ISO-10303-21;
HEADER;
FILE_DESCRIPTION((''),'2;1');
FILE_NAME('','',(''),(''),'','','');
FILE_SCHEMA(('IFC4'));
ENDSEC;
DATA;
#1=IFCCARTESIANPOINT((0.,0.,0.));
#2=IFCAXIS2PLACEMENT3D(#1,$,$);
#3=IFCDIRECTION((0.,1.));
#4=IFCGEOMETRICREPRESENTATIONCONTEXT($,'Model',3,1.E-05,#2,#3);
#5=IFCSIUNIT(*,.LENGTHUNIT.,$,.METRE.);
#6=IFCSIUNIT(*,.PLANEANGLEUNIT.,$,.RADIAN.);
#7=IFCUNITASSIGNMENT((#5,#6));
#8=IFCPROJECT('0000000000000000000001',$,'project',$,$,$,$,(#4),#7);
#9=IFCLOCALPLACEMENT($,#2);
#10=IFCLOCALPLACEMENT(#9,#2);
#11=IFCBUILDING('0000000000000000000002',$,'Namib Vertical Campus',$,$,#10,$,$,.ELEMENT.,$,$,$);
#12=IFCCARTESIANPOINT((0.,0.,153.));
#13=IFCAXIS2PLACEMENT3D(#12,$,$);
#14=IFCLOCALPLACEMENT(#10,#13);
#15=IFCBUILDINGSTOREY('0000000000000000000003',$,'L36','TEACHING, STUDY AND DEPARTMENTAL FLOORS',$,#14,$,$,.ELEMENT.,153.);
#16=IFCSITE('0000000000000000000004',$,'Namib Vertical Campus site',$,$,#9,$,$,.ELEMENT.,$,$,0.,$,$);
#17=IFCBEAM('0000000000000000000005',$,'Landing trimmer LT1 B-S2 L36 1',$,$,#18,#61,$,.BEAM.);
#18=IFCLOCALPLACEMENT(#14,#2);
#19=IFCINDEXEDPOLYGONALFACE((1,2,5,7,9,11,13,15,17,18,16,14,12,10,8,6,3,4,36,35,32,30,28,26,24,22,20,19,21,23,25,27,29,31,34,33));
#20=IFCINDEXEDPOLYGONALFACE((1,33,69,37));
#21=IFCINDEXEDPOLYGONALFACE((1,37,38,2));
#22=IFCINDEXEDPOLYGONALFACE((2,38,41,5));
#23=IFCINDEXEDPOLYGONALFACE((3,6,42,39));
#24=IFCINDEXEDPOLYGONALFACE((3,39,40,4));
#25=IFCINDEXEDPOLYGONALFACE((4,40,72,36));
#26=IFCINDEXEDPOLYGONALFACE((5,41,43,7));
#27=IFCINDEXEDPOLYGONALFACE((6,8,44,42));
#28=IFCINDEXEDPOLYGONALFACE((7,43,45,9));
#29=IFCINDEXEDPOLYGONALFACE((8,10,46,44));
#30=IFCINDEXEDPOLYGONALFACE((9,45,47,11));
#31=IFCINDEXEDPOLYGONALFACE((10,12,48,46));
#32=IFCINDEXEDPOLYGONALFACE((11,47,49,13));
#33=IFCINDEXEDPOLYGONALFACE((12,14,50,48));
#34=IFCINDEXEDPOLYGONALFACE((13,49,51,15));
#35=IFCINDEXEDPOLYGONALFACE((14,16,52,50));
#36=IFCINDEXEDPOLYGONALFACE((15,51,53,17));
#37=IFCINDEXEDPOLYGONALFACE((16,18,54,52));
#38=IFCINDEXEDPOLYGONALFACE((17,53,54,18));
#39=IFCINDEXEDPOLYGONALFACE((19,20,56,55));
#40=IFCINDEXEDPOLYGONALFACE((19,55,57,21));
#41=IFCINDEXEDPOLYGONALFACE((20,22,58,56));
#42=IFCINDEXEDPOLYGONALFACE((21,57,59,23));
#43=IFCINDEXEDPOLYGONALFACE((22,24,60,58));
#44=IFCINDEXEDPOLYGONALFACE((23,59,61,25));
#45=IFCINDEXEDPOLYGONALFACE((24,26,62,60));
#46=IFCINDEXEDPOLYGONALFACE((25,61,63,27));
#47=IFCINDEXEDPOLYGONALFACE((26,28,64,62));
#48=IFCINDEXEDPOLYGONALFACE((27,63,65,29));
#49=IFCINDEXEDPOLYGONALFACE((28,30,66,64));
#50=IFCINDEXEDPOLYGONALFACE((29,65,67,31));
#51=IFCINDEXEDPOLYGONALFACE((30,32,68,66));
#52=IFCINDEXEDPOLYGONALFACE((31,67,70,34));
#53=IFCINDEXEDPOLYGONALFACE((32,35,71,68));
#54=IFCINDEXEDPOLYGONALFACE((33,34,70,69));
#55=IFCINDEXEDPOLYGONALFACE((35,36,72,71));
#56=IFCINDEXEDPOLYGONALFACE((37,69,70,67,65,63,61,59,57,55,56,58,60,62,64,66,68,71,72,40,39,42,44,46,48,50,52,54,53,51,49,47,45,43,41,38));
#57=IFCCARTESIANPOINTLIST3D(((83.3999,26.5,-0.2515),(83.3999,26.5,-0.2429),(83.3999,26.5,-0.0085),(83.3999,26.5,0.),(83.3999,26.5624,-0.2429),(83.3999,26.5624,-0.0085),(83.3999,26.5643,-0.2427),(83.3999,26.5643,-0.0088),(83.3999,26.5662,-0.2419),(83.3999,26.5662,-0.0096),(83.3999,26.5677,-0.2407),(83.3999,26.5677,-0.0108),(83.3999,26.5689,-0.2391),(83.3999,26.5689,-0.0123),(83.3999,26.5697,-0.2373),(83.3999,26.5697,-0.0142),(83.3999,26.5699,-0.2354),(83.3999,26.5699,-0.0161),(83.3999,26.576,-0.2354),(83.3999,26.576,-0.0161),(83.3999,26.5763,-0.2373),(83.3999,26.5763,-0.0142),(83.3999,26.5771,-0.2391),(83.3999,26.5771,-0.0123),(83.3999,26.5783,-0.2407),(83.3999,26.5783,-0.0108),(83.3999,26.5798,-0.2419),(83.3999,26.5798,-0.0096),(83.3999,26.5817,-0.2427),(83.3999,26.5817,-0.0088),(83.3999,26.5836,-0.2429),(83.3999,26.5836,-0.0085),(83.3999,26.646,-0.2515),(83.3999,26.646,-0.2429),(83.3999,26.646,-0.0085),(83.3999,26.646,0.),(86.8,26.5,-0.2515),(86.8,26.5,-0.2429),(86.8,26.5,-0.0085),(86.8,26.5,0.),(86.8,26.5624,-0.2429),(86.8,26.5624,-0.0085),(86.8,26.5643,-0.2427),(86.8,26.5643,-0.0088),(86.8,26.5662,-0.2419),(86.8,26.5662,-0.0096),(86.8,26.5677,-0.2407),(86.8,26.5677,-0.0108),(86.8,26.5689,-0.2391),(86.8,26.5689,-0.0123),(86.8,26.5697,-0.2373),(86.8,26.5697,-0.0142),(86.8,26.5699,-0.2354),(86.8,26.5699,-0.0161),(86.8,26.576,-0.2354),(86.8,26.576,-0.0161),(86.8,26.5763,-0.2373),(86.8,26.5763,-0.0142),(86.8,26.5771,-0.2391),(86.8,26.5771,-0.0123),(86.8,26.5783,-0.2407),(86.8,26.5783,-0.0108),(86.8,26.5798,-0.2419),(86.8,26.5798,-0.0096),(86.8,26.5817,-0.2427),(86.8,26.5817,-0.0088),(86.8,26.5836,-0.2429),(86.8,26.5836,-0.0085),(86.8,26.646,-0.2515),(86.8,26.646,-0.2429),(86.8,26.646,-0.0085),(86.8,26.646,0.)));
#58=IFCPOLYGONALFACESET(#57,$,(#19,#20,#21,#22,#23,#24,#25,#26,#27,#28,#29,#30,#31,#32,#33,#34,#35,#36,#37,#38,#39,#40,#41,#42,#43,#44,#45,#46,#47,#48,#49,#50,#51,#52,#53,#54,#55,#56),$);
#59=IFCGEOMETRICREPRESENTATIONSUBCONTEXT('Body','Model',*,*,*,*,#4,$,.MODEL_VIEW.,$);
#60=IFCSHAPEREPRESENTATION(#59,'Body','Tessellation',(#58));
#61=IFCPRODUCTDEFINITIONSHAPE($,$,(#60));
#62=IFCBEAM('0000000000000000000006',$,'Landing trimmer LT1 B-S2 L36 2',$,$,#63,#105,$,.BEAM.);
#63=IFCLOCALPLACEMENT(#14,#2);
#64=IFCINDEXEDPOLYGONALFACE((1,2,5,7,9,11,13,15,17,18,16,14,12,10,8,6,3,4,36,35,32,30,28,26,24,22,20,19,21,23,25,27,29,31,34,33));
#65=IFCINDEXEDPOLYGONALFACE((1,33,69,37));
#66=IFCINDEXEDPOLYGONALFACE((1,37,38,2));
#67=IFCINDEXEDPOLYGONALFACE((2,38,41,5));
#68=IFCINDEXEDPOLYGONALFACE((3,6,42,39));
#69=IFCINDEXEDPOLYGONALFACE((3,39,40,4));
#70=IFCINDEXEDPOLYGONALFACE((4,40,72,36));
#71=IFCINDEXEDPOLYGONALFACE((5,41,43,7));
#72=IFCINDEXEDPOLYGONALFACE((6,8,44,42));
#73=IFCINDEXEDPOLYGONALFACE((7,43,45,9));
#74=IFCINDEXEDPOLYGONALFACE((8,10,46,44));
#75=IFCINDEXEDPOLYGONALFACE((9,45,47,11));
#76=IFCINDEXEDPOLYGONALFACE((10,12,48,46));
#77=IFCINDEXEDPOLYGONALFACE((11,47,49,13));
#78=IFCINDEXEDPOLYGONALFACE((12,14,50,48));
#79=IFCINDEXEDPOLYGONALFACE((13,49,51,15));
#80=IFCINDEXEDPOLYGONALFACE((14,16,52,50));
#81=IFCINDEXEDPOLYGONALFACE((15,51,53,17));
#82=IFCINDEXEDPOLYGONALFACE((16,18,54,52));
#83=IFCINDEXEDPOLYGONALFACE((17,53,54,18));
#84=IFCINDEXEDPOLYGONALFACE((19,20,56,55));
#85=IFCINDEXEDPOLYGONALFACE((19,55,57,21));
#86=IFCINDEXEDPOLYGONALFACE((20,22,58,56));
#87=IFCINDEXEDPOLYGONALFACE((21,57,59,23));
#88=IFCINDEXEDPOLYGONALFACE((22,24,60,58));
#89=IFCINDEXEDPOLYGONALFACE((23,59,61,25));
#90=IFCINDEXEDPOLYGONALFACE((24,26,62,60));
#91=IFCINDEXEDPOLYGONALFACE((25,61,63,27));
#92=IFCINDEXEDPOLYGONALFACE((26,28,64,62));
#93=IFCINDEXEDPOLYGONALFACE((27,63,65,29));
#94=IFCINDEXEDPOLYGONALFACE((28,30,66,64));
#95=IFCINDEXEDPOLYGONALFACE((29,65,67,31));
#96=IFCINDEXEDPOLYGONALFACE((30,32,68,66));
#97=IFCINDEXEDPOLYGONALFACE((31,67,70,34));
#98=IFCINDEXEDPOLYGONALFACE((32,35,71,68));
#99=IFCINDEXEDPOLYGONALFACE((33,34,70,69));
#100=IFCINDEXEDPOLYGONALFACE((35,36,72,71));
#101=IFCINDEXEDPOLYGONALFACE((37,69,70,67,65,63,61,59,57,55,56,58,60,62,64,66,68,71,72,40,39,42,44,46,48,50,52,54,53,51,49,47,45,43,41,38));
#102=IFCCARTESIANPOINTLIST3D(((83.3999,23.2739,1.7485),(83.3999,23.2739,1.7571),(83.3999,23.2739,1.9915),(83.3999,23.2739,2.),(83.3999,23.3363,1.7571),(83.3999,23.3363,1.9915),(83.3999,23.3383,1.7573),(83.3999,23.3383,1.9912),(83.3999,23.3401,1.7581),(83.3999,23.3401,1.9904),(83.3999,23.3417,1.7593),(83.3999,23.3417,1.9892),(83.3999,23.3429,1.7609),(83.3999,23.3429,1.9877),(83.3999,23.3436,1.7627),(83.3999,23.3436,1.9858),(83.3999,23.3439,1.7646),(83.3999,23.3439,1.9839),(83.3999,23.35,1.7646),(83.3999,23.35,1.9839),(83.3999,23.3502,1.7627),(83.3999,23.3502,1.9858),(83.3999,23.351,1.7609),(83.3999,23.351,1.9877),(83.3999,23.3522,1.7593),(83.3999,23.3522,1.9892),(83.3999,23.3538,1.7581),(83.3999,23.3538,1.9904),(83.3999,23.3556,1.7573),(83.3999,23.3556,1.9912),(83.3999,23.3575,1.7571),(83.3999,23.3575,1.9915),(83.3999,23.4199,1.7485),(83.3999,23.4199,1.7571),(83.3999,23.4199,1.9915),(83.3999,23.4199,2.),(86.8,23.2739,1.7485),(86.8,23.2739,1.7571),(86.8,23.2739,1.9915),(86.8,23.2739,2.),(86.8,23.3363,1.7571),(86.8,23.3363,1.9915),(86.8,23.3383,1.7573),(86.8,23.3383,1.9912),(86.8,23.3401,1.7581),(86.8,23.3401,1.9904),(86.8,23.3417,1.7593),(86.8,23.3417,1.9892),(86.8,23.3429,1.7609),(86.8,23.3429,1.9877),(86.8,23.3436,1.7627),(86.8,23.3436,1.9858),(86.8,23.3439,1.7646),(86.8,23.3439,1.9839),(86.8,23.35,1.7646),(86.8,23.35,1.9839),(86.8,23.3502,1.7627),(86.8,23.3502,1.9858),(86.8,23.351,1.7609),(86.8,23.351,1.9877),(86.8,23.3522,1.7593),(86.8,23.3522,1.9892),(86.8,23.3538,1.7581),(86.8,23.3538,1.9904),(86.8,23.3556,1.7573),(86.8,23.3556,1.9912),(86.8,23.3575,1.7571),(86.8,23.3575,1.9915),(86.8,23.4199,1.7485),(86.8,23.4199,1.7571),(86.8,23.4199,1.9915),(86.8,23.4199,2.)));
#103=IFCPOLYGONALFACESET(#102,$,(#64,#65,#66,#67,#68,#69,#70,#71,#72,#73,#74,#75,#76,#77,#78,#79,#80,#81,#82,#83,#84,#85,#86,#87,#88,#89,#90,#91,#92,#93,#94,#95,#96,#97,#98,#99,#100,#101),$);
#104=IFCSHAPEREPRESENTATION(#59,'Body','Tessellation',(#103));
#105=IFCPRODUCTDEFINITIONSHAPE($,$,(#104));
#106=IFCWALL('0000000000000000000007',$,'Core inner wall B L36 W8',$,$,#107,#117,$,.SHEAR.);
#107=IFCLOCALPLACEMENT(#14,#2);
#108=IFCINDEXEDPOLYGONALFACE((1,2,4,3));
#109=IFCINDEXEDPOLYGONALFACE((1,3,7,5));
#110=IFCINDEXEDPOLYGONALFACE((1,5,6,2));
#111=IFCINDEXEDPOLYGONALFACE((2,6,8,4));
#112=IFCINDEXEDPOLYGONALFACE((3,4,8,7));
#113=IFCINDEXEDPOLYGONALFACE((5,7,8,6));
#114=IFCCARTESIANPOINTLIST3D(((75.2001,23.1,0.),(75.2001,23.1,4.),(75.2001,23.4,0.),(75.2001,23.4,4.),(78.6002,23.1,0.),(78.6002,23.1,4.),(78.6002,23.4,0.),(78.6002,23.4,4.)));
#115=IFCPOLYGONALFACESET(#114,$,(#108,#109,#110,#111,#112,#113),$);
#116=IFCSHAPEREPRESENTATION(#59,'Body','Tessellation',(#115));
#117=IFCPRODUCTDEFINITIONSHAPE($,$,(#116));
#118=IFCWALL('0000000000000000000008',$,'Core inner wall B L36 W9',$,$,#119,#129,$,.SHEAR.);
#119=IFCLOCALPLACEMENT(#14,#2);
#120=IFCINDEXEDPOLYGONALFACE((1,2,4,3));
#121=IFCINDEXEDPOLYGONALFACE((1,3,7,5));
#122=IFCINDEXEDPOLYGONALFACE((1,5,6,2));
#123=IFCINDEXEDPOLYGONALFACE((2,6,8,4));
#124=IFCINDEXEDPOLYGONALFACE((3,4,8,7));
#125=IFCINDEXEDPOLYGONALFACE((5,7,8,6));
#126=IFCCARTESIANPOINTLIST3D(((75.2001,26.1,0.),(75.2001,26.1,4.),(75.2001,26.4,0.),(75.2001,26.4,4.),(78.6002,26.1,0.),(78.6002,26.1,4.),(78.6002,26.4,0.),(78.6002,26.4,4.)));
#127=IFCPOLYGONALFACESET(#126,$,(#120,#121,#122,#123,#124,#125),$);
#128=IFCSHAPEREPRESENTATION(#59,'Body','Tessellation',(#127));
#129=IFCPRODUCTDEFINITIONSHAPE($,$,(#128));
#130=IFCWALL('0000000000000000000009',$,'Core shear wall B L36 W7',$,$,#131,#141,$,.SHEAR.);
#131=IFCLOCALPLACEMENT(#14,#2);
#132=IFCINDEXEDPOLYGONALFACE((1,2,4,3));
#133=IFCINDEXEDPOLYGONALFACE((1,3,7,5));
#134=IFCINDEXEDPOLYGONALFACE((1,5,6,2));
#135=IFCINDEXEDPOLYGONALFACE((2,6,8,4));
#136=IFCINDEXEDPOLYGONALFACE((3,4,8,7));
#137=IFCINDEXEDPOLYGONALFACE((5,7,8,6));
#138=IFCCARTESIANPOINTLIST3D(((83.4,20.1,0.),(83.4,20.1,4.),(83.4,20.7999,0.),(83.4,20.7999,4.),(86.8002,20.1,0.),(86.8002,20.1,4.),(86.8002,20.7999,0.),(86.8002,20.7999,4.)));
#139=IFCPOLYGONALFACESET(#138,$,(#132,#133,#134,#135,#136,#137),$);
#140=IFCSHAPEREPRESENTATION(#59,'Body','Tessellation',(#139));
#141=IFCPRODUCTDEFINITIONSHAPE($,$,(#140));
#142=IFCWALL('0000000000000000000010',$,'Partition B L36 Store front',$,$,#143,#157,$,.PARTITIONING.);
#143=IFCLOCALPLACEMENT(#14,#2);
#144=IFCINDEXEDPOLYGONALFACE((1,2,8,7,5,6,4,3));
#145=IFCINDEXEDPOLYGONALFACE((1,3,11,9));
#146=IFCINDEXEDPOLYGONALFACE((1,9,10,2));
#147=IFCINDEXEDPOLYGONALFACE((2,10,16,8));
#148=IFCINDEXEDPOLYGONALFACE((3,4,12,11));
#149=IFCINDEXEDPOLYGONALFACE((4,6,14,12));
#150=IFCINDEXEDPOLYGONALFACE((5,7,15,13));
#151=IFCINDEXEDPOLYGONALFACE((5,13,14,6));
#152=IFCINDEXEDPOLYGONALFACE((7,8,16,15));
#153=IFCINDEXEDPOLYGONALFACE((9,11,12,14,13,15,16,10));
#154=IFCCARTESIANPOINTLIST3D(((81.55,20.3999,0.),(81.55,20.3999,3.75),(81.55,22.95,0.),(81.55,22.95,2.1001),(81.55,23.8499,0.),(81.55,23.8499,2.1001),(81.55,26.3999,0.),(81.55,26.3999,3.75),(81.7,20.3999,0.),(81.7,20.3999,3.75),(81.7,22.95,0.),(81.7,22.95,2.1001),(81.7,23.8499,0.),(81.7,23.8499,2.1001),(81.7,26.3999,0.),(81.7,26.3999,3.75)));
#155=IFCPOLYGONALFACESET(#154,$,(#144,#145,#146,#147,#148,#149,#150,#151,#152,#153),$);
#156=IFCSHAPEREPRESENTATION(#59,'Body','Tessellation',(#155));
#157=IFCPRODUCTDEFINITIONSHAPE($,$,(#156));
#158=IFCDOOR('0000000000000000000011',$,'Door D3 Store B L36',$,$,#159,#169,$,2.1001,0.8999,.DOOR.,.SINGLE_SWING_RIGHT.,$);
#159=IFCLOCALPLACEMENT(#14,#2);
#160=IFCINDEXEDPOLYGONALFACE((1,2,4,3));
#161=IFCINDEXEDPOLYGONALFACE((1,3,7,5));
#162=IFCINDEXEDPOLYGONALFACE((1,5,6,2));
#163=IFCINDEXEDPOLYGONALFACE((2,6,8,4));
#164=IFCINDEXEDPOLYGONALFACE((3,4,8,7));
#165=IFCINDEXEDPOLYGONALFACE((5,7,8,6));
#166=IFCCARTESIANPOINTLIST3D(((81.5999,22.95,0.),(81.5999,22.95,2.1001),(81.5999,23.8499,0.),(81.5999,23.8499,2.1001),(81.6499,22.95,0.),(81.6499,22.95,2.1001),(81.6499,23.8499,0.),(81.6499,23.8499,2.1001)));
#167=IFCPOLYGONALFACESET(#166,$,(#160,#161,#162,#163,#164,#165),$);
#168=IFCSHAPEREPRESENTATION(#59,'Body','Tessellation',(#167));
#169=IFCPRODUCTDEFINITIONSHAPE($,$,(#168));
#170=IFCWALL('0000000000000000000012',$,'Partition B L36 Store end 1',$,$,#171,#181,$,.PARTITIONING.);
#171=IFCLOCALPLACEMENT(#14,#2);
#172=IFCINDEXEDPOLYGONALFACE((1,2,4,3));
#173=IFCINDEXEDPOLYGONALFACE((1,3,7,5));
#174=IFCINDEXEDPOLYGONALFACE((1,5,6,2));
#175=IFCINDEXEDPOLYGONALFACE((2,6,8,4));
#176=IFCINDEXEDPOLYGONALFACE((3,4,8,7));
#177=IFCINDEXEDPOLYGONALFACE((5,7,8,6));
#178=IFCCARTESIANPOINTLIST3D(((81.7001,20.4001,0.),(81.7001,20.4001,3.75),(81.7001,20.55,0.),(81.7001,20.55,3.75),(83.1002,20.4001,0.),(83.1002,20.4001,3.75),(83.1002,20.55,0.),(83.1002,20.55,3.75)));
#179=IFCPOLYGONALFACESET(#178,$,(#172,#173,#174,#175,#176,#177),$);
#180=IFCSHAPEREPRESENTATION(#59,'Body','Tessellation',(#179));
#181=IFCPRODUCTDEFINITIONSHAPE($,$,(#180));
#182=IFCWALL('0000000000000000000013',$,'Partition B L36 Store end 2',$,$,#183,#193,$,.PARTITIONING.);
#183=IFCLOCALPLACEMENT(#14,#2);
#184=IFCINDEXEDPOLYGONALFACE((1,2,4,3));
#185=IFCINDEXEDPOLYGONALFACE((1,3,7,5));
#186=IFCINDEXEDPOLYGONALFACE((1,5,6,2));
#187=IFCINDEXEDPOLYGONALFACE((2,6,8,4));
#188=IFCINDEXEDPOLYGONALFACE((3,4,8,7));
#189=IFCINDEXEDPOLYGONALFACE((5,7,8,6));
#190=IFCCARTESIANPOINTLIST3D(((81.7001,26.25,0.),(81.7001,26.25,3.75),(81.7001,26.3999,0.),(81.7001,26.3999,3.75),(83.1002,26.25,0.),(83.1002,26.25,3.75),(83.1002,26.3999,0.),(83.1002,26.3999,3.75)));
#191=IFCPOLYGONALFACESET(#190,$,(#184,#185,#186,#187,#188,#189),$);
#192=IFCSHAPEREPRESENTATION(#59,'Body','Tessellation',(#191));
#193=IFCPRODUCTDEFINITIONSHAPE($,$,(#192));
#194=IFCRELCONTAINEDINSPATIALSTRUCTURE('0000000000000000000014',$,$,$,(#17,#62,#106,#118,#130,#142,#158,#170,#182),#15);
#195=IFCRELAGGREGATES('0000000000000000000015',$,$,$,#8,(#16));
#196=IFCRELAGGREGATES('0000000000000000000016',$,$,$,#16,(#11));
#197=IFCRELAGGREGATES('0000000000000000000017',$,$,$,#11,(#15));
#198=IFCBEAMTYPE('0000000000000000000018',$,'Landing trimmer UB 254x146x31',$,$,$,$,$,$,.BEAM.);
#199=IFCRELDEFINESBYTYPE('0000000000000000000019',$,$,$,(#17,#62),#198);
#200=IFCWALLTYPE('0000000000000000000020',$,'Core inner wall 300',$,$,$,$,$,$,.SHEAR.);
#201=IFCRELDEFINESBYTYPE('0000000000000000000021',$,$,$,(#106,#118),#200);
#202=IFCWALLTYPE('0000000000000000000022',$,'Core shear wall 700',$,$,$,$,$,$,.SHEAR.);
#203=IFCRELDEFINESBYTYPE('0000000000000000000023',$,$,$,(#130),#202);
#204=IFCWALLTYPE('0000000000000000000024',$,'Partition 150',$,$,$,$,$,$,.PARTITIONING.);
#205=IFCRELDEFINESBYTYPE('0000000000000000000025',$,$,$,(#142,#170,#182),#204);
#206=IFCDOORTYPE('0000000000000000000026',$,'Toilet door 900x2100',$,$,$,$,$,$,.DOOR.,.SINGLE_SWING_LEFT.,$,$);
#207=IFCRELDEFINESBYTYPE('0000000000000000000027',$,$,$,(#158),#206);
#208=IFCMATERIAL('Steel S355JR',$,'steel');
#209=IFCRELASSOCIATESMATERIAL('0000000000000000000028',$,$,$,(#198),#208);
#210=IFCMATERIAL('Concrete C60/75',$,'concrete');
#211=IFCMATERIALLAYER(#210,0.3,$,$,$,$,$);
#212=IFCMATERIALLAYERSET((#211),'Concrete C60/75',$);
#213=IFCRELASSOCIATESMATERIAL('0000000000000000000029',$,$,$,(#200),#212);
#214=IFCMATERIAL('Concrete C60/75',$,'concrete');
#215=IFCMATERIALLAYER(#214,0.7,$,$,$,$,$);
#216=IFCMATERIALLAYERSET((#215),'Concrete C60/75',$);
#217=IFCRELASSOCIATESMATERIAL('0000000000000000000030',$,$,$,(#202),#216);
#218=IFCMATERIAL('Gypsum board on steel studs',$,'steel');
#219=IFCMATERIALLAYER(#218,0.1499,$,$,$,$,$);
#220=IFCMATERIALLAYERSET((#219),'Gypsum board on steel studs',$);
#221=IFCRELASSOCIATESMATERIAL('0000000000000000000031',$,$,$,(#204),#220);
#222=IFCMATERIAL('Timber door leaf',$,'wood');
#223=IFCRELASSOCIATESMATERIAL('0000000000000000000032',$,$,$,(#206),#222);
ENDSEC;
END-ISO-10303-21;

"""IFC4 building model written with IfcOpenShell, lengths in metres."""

from ifc_helpers import new_model, si_unit, direction, frame, frame_2d, origin, origin_2d, place, context, subcontext, project, spatial, rectangle, i_section, extrude, material, layer, layer_set, material_profile, profile_set, type_object, element, fill, save


model = new_model("IFC4")

# Units and contexts
model_context = context("Model", 3, precision=1e-05, world=origin(), true_north=direction((0.0, 1.0)))
body_context = subcontext(model_context, "Body", "Model", "MODEL_VIEW")
ifc_project = project(units=[si_unit("LENGTHUNIT", "METRE"), si_unit("PLANEANGLEUNIT", "RADIAN")], contexts=[model_context])

# Site, building, storey
site_placement = place(None, origin())
site = spatial("IfcSite", under=ifc_project, at=site_placement, Name="Namib Vertical Campus site", CompositionType="ELEMENT", RefElevation=0.0)
building_placement = place(site_placement, origin())
building = spatial("IfcBuilding", under=site, at=building_placement, Name="Namib Vertical Campus", CompositionType="ELEMENT")
storey_placement = place(building_placement, frame((0.0, 0.0, 153.0)))
storey = spatial("IfcBuildingStorey", under=building, at=storey_placement, Name="L36", Description="TEACHING, STUDY AND DEPARTMENTAL FLOORS", CompositionType="ELEMENT", Elevation=153.0)

# Beams
ifc_material_1 = material(Name="Steel S355JR", Category="steel")
ifc_material_profile = material_profile(ifc_material_1, i_section(OverallWidth=0.146, OverallDepth=0.2515, WebThickness=0.0061, FlangeThickness=0.0085, FilletRadius=0.0076, at=origin_2d()))
ifc_profile_set = profile_set([ifc_material_profile], Name="Steel S355JR")
beam_type = type_object("IfcBeamType", Name="Landing trimmer UB 254x146x31", PredefinedType="BEAM", material=ifc_profile_set)
for number, where, z_axis, x_axis, name in (
    (1, (83.3999, 26.573, -0.1257), (1.0, 0.0, 0.0), (0.0, 1.0, 0.0), "Landing trimmer LT1 B-S2 L36 1"),
    (2, (83.3999, 23.3469, 1.8743), (1.0, 0.0, 0.0), (0.0, 1.0, 0.0), "Landing trimmer LT1 B-S2 L36 2"),
):
    element("IfcBeam", number, at=place(storey_placement, frame(where, z_axis=z_axis, x_axis=x_axis)), inside=storey, type_object=beam_type, Name=name, PredefinedType="BEAM", context=body_context, shape_type="SweptSolid", body=[
        extrude(i_section(OverallWidth=0.146, OverallDepth=0.2515, WebThickness=0.0061, FlangeThickness=0.0085, FilletRadius=0.0076, at=origin_2d()), origin(), (0.0, 0.0, 1.0), 3.4001),
    ])

# Walls
ifc_material_2 = material(Name="Concrete C60/75", Category="concrete")
ifc_layer_1 = layer(ifc_material_2, 0.3)
ifc_layer_set_1 = layer_set([ifc_layer_1], Name="Concrete C60/75")
wall_type_1 = type_object("IfcWallType", Name="Core inner wall 300", PredefinedType="SHEAR", material=ifc_layer_set_1)
for number, where, z_axis, x_axis, name in (
    (3, (75.2, 23.25, 0.0), (0.0, 0.0, 1.0), (1.0, 0.0, 0.0), "Core inner wall B L36 W8"),
    (4, (75.2, 26.25, 0.0), (0.0, 0.0, 1.0), (1.0, 0.0, 0.0), "Core inner wall B L36 W9"),
):
    element("IfcWall", number, at=place(storey_placement, frame(where, z_axis=z_axis, x_axis=x_axis)), inside=storey, type_object=wall_type_1, Name=name, PredefinedType="SHEAR", context=body_context, shape_type="SweptSolid", body=[
        extrude(rectangle(XDim=3.4001, YDim=0.3, at=frame_2d((1.7002, 0.0))), origin(), (0.0, 0.0, 1.0), 4.0),
    ])
ifc_material_3 = material(Name="Concrete C60/75", Category="concrete")
ifc_layer_2 = layer(ifc_material_3, 0.7)
ifc_layer_set_2 = layer_set([ifc_layer_2], Name="Concrete C60/75")
wall_type_2 = type_object("IfcWallType", Name="Core shear wall 700", PredefinedType="SHEAR", material=ifc_layer_set_2)
wall_1_placement = place(storey_placement, frame((83.3999, 20.45, 0.0), z_axis=(0.0, 0.0, 1.0), x_axis=(1.0, 0.0, 0.0)))
element("IfcWall", 5, at=wall_1_placement, inside=storey, type_object=wall_type_2, Name="Core shear wall B L36 W7", PredefinedType="SHEAR", context=body_context, shape_type="SweptSolid", body=[
    extrude(rectangle(XDim=3.4001, YDim=0.7, at=frame_2d((1.7002, 0.0))), origin(), (0.0, 0.0, 1.0), 4.0),
])

# Wall, opening, door
ifc_material_4 = material(Name="Gypsum board on steel studs", Category="steel")
ifc_layer_3 = layer(ifc_material_4, 0.1499)
ifc_layer_set_3 = layer_set([ifc_layer_3], Name="Gypsum board on steel studs")
wall_type_3 = type_object("IfcWallType", Name="Partition 150", PredefinedType="PARTITIONING", material=ifc_layer_set_3)
wall_2_placement = place(storey_placement, frame((81.625, 20.3999, 0.0), z_axis=(0.0, 0.0, 1.0), x_axis=(0.0, 1.0, 0.0)))
wall_2 = element("IfcWall", 6, at=wall_2_placement, inside=storey, type_object=wall_type_3, Name="Partition B L36 Store front", PredefinedType="PARTITIONING", context=body_context, shape_type="SweptSolid", body=[
    extrude(rectangle(XDim=6.0, YDim=0.1499, at=frame_2d((3.0, 0.0))), origin(), (0.0, 0.0, 1.0), 3.75),
])
opening_1_placement = place(wall_2_placement, frame((2.55, 0.0, 0.0)))
opening_1 = element("IfcOpeningElement", 7, at=opening_1_placement, cuts=wall_2, PredefinedType="OPENING", context=body_context, shape_type="SweptSolid", body=[
    extrude(rectangle(XDim=0.8999, YDim=2.1001, at=frame_2d((0.45, 1.05))), frame((0.0, 0.085, 0.0), z_axis=(0.0, -1.0, 0.0), x_axis=(1.0, 0.0, 0.0)), (0.0, 0.0, 1.0), 0.1699),
])
ifc_material_5 = material(Name="Timber door leaf", Category="wood")
door_type = type_object("IfcDoorType", Name="Toilet door 900x2100", OperationType="SINGLE_SWING_LEFT", PredefinedType="DOOR", material=ifc_material_5)
door_1_placement = place(opening_1_placement, frame((0.8999, 0.0, 0.0), z_axis=(0.0, 0.0, 1.0), x_axis=(-1.0, 0.0, 0.0)))
door_1 = element("IfcDoor", 8, at=door_1_placement, inside=storey, type_object=door_type, Name="Door D3 Store B L36", OperationType="SINGLE_SWING_RIGHT", OverallHeight=2.1001, OverallWidth=0.8999, PredefinedType="DOOR", context=body_context, shape_type="SweptSolid", body=[
    extrude(rectangle(XDim=0.8999, YDim=2.1001, at=frame_2d((0.45, 1.05))), frame((0.0, 0.0249, 0.0), z_axis=(0.0, -1.0, 0.0), x_axis=(1.0, 0.0, 0.0)), (0.0, 0.0, 1.0), 0.05),
])
fill(opening_1, door_1)

# Walls
for number, where, z_axis, x_axis, name in (
    (9, (81.7, 20.4751, 0.0), (0.0, 0.0, 1.0), (1.0, 0.0, 0.0), "Partition B L36 Store end 1"),
    (10, (81.7, 26.325, 0.0), (0.0, 0.0, 1.0), (1.0, 0.0, 0.0), "Partition B L36 Store end 2"),
):
    element("IfcWall", number, at=place(storey_placement, frame(where, z_axis=z_axis, x_axis=x_axis)), inside=storey, type_object=wall_type_3, Name=name, PredefinedType="PARTITIONING", context=body_context, shape_type="SweptSolid", body=[
        extrude(rectangle(XDim=1.4001, YDim=0.1499, at=frame_2d((0.7002, 0.0))), origin(), (0.0, 0.0, 1.0), 3.75),
    ])

save(model, "model.ifc")
